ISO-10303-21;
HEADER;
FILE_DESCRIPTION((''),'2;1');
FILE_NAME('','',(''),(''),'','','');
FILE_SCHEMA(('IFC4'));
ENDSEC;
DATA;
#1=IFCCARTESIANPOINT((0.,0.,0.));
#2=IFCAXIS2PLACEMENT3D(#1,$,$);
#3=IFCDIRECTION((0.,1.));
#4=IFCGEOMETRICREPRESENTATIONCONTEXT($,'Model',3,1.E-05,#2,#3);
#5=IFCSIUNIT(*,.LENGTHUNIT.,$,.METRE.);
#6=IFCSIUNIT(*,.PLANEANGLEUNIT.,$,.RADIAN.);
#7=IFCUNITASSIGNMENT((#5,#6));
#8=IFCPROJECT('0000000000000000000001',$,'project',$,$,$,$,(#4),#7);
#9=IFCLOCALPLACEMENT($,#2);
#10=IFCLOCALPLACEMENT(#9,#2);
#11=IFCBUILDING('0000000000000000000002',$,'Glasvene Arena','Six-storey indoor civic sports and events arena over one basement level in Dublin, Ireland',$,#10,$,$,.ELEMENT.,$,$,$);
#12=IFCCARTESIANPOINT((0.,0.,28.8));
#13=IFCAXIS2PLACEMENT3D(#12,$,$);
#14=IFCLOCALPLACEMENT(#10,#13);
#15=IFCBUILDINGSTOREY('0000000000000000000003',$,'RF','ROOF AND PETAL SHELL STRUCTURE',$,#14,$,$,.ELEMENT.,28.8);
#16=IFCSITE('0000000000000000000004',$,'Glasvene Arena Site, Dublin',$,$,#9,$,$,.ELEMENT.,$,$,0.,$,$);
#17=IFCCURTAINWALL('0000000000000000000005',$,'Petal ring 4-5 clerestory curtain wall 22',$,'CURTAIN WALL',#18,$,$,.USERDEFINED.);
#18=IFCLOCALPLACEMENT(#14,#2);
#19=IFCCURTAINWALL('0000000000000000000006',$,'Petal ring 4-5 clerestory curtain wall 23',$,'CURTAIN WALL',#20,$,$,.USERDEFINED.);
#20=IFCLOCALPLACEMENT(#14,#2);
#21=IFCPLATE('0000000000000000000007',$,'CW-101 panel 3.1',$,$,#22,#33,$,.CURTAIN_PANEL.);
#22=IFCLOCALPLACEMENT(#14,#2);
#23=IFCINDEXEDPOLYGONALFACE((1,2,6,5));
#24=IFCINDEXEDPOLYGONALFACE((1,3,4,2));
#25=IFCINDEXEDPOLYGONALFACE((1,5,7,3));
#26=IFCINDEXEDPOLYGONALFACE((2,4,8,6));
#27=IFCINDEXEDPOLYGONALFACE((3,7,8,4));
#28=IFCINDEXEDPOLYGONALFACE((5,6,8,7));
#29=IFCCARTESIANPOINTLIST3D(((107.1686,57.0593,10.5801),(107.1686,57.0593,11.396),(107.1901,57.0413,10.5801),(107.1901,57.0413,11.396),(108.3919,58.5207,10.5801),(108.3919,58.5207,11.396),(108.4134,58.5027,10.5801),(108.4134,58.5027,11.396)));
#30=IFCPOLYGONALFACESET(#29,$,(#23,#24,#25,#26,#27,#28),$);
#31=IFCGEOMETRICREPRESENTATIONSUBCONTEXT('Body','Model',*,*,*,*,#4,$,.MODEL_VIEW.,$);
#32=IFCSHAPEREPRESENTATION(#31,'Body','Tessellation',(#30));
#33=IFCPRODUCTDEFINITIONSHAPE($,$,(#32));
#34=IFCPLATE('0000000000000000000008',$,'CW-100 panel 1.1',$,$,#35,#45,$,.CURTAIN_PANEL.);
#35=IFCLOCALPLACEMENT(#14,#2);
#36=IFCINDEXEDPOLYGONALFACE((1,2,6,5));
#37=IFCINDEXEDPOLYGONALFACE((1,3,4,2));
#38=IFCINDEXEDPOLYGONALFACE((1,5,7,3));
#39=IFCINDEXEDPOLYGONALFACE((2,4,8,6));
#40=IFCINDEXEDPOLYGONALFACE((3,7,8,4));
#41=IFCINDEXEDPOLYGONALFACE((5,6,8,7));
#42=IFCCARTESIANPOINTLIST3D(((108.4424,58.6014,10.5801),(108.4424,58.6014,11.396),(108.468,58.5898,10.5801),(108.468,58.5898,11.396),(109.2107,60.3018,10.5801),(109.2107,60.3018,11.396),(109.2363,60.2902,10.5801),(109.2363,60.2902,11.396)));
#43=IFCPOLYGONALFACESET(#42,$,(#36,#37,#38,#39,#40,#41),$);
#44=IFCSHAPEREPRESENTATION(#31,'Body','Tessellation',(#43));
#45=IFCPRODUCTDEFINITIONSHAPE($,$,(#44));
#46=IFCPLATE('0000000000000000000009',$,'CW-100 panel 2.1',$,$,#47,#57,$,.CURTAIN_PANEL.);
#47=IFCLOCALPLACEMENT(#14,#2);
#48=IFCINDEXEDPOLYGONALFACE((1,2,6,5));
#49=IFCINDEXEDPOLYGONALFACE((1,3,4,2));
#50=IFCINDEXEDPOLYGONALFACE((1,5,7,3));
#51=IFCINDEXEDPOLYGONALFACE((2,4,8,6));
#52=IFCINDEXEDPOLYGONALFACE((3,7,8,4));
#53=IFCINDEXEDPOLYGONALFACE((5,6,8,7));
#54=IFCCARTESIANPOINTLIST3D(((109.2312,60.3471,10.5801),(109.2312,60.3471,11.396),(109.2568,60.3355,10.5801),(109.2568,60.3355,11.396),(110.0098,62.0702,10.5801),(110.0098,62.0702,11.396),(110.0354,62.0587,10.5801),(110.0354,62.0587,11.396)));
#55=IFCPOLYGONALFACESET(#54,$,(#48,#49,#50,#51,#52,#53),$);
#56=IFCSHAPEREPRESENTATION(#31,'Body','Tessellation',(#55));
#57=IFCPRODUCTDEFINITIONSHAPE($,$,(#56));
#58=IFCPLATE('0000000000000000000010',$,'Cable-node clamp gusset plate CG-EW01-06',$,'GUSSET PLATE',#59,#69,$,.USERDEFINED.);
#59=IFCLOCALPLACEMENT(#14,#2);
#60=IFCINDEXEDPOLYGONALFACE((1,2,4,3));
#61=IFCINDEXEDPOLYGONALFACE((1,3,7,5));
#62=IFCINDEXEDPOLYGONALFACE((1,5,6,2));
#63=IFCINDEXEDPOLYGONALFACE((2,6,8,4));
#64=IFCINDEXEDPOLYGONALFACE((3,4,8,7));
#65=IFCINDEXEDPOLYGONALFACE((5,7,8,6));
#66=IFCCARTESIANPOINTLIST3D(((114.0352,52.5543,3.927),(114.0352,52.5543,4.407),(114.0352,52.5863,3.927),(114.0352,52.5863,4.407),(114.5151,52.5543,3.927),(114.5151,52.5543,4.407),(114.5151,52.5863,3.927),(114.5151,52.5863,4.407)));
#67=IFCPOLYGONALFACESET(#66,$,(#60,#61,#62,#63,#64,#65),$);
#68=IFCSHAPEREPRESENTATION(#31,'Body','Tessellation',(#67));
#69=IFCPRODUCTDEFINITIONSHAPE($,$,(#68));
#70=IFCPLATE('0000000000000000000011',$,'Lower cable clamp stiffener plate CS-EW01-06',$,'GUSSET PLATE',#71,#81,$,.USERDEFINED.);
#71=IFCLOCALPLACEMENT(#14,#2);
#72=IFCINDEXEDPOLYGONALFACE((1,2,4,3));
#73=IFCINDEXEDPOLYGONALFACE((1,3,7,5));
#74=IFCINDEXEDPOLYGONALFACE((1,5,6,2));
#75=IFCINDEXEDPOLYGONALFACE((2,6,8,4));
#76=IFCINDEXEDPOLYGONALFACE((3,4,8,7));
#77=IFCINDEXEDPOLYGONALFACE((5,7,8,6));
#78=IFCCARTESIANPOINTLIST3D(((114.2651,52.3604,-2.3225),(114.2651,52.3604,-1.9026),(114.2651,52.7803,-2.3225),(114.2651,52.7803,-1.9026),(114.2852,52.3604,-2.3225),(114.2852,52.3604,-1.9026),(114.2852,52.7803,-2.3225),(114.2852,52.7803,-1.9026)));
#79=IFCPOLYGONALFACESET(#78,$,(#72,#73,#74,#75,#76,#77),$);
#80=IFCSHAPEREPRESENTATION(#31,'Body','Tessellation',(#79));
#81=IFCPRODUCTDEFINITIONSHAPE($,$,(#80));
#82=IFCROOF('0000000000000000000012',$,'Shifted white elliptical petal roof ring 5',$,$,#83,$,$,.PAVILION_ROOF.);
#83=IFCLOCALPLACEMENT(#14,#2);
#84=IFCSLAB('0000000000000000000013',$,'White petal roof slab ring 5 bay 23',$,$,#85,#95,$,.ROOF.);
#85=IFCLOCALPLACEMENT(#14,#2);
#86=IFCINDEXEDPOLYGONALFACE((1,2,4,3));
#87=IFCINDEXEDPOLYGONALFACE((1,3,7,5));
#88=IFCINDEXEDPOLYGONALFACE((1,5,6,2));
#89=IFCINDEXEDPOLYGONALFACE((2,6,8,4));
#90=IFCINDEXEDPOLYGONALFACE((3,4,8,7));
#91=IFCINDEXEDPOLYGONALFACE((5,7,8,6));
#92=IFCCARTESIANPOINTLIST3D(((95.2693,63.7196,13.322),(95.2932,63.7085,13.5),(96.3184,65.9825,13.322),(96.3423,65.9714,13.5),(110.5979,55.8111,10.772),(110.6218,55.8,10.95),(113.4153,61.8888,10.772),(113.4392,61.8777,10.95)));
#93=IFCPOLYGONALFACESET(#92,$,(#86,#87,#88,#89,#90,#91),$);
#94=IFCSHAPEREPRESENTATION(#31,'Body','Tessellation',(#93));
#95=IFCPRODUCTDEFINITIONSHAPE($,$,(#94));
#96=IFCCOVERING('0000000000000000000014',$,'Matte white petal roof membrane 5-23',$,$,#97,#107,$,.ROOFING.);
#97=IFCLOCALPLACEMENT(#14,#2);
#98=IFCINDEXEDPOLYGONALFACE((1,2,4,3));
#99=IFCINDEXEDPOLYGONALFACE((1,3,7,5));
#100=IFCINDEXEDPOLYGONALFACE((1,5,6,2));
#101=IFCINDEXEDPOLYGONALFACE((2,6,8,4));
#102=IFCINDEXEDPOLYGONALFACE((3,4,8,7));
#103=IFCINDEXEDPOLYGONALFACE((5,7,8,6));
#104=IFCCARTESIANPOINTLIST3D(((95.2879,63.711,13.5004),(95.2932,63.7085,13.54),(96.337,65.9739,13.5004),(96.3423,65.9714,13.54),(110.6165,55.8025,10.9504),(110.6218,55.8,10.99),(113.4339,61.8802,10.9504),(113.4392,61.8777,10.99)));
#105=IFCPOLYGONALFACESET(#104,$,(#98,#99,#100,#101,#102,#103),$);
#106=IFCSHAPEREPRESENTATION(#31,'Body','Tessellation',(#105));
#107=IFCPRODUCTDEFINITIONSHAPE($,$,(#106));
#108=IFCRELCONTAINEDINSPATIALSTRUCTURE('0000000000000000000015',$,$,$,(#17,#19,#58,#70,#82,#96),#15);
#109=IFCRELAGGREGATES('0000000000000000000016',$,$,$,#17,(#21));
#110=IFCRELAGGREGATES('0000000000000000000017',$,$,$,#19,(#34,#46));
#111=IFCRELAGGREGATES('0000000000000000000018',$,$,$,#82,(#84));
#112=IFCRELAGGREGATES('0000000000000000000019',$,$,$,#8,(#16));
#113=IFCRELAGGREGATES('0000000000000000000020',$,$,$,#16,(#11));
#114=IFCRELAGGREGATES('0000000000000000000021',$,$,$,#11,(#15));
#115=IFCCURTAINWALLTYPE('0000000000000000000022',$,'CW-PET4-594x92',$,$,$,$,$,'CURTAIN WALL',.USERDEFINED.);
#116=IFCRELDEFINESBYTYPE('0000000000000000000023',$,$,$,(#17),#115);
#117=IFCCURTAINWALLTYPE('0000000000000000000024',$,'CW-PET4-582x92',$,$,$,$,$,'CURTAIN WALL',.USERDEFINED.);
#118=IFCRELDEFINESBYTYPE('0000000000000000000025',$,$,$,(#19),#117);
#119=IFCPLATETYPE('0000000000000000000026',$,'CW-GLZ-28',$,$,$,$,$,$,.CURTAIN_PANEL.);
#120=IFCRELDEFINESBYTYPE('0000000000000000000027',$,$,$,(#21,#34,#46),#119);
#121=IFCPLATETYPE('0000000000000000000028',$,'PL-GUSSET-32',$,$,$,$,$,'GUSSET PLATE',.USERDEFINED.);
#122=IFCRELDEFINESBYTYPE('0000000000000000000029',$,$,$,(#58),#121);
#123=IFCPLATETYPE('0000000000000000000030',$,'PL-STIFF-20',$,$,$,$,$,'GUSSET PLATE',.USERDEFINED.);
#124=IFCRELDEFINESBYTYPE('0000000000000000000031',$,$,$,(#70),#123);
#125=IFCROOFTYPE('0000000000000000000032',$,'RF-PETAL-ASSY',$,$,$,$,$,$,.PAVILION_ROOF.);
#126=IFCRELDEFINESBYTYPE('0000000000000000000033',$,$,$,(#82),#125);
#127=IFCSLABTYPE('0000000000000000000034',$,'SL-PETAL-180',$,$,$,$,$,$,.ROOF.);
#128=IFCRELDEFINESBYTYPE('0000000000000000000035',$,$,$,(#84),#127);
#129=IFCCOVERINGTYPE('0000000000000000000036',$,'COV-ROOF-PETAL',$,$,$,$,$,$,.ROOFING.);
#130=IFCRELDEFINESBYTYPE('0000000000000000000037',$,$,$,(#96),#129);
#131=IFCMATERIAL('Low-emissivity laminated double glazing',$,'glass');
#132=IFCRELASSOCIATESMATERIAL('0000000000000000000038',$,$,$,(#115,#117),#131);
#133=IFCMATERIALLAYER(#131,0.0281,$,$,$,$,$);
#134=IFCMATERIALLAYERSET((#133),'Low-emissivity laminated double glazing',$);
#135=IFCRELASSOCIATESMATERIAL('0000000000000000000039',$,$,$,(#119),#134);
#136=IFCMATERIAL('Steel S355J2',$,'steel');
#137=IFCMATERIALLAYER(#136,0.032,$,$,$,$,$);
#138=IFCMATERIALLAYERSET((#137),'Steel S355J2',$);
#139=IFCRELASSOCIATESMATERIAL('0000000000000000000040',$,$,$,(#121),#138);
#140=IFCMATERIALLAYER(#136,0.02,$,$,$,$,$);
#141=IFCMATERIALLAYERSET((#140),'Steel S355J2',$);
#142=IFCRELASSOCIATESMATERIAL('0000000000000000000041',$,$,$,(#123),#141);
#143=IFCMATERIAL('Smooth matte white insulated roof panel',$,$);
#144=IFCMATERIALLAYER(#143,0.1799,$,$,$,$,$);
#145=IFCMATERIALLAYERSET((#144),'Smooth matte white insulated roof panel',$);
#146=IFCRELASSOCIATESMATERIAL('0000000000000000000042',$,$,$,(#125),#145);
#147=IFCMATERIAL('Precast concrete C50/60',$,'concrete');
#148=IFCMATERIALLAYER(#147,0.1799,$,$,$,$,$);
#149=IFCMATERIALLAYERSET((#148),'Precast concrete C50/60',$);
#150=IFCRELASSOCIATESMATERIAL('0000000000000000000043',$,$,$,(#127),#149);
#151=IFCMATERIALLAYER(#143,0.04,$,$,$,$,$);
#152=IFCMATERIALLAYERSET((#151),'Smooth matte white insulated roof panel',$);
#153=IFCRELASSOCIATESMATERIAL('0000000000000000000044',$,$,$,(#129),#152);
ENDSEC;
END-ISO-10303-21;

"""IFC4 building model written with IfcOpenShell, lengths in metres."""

from ifc_helpers import new_model, si_unit, direction, frame, origin, origin_2d, place, context, subcontext, project, spatial, polyline, rectangle, outline, extrude, material, layer, layer_set, type_object, element, aggregate, save


model = new_model("IFC4")

# Units and contexts
model_context = context("Model", 3, precision=1e-05, world=origin(), true_north=direction((0.0, 1.0)))
body_context = subcontext(model_context, "Body", "Model", "MODEL_VIEW")
ifc_project = project(units=[si_unit("LENGTHUNIT", "METRE"), si_unit("PLANEANGLEUNIT", "RADIAN")], contexts=[model_context])

# Site, building, storey
site_placement = place(None, origin())
site = spatial("IfcSite", under=ifc_project, at=site_placement, Name="Glasvene Arena Site, Dublin", CompositionType="ELEMENT", RefElevation=0.0)
building_placement = place(site_placement, origin())
building = spatial("IfcBuilding", under=site, at=building_placement, Name="Glasvene Arena", Description="Six-storey indoor civic sports and events arena over one basement level in Dublin, Ireland", CompositionType="ELEMENT")
storey_placement = place(building_placement, frame((0.0, 0.0, 28.8)))
storey = spatial("IfcBuildingStorey", under=building, at=storey_placement, Name="RF", Description="ROOF AND PETAL SHELL STRUCTURE", CompositionType="ELEMENT", Elevation=28.8)

# Shared definitions
ifc_material_1 = material(Name="Low-emissivity laminated double glazing", Category="glass")

# Curtain wall
curtain_wall_type_1 = type_object("IfcCurtainWallType", Name="CW-PET4-594x92", ElementType="CURTAIN WALL", PredefinedType="USERDEFINED", material=ifc_material_1)
curtain_wall_1_placement = place(storey_placement, frame((104.6206, 53.9937, 0.0)))
curtain_wall_1 = element("IfcCurtainWall", 1, at=curtain_wall_1_placement, inside=storey, type_object=curtain_wall_type_1, Name="Petal ring 4-5 clerestory curtain wall 22", ObjectType="CURTAIN WALL", PredefinedType="USERDEFINED")

# Curtain wall
curtain_wall_type_2 = type_object("IfcCurtainWallType", Name="CW-PET4-582x92", ElementType="CURTAIN WALL", PredefinedType="USERDEFINED", material=ifc_material_1)
curtain_wall_2_placement = place(storey_placement, frame((108.4346, 58.55, 0.0)))
curtain_wall_2 = element("IfcCurtainWall", 2, at=curtain_wall_2_placement, inside=storey, type_object=curtain_wall_type_2, Name="Petal ring 4-5 clerestory curtain wall 23", ObjectType="CURTAIN WALL", PredefinedType="USERDEFINED")

# Shared definitions
ifc_material_2 = material(Name="Steel S355J2", Category="steel")

# Plates
ifc_layer_1 = layer(ifc_material_1, 0.0281)
ifc_layer_set_1 = layer_set([ifc_layer_1], Name="Low-emissivity laminated double glazing")
plate_type_1 = type_object("IfcPlateType", Name="CW-GLZ-28", PredefinedType="CURTAIN_PANEL", material=ifc_layer_set_1)
plate_1_placement = place(storey_placement, frame((107.791, 57.781, 10.5801), z_axis=(0.0, 0.0, 1.0), x_axis=(0.64188, 0.766805, 0.0)))
plate_1 = element("IfcPlate", 3, at=plate_1_placement, type_object=plate_type_1, Name="CW-101 panel 3.1", PredefinedType="CURTAIN_PANEL", context=body_context, shape_type="SweptSolid", body=[
    extrude(rectangle(XDim=1.9058, YDim=0.0281, at=origin_2d()), origin(), (0.0, 0.0, 1.0), 0.8159),
])
aggregate(curtain_wall_1, [plate_1])
plate_2_placement = place(storey_placement, frame((108.8394, 59.4458, 10.5801), z_axis=(0.0, 0.0, 1.0), x_axis=(0.411778, 0.911284, 0.0)))
plate_2 = element("IfcPlate", 4, at=plate_2_placement, type_object=plate_type_1, Name="CW-100 panel 1.1", PredefinedType="CURTAIN_PANEL", context=body_context, shape_type="SweptSolid", body=[
    extrude(rectangle(XDim=1.866, YDim=0.0281, at=origin_2d()), origin(), (0.0, 0.0, 1.0), 0.8159),
])
plate_3_placement = place(storey_placement, frame((109.6333, 61.2029, 10.5801), z_axis=(0.0, 0.0, 1.0), x_axis=(0.411778, 0.911284, 0.0)))
plate_3 = element("IfcPlate", 5, at=plate_3_placement, type_object=plate_type_1, Name="CW-100 panel 2.1", PredefinedType="CURTAIN_PANEL", context=body_context, shape_type="SweptSolid", body=[
    extrude(rectangle(XDim=1.8909, YDim=0.0281, at=origin_2d()), origin(), (0.0, 0.0, 1.0), 0.8159),
])
aggregate(curtain_wall_2, [plate_2, plate_3])

# Plates
ifc_layer_2 = layer(ifc_material_2, 0.032)
ifc_layer_set_2 = layer_set([ifc_layer_2], Name="Steel S355J2")
plate_type_2 = type_object("IfcPlateType", Name="PL-GUSSET-32", ElementType="GUSSET PLATE", PredefinedType="USERDEFINED", material=ifc_layer_set_2)
plate_4_placement = place(storey_placement, frame((114.2751, 52.5703, 3.927), z_axis=(0.0, 0.0, 1.0), x_axis=(1.0, 0.0, 0.0)))
element("IfcPlate", 6, at=plate_4_placement, inside=storey, type_object=plate_type_2, Name="Cable-node clamp gusset plate CG-EW01-06", ObjectType="GUSSET PLATE", PredefinedType="USERDEFINED", context=body_context, shape_type="SweptSolid", body=[
    extrude(rectangle(XDim=0.48, YDim=0.032, at=origin_2d()), origin(), (0.0, 0.0, 1.0), 0.48),
])
ifc_layer_3 = layer(ifc_material_2, 0.02)
ifc_layer_set_3 = layer_set([ifc_layer_3], Name="Steel S355J2")
plate_type_3 = type_object("IfcPlateType", Name="PL-STIFF-20", ElementType="GUSSET PLATE", PredefinedType="USERDEFINED", material=ifc_layer_set_3)
plate_5_placement = place(storey_placement, frame((114.2751, 52.5703, -2.3225), z_axis=(0.0, 0.0, 1.0), x_axis=(1.0, 0.0, 0.0)))
element("IfcPlate", 7, at=plate_5_placement, inside=storey, type_object=plate_type_3, Name="Lower cable clamp stiffener plate CS-EW01-06", ObjectType="GUSSET PLATE", PredefinedType="USERDEFINED", context=body_context, shape_type="SweptSolid", body=[
    extrude(rectangle(XDim=0.02, YDim=0.4199, at=origin_2d()), origin(), (0.0, 0.0, 1.0), 0.4199),
])

# Roof, slab
ifc_material_3 = material(Name="Smooth matte white insulated roof panel")
ifc_layer_4 = layer(ifc_material_3, 0.1799)
ifc_layer_set_4 = layer_set([ifc_layer_4], Name="Smooth matte white insulated roof panel")
roof_type = type_object("IfcRoofType", Name="RF-PETAL-ASSY", PredefinedType="PAVILION_ROOF", material=ifc_layer_set_4)
roof_placement = place(storey_placement, frame((86.2, 68.3999, 10.95)))
roof = element("IfcRoof", 8, at=roof_placement, inside=storey, type_object=roof_type, Name="Shifted white elliptical petal roof ring 5", PredefinedType="PAVILION_ROOF")
ifc_material_4 = material(Name="Precast concrete C50/60", Category="concrete")
ifc_layer_5 = layer(ifc_material_4, 0.1799)
ifc_layer_set_5 = layer_set([ifc_layer_5], Name="Precast concrete C50/60")
slab_type = type_object("IfcSlabType", Name="SL-PETAL-180", PredefinedType="ROOF", material=ifc_layer_set_5)
slab_placement = place(storey_placement, frame((110.6218, 55.8, 10.95), z_axis=(0.132804, -0.061564, 0.989228), x_axis=(0.420574, 0.907258, 0.000001)))
slab = element("IfcSlab", 9, at=slab_placement, type_object=slab_type, Name="White petal roof slab ring 5 bay 23", PredefinedType="ROOF", context=body_context, shape_type="SweptSolid", body=[
    extrude(outline(polyline([(0.0, 0.0), (6.6989, 0.0), (3.2225, 17.4207), (0.7282, 17.4207), (0.0, 0.0)])), origin(), (0.0, 0.0, -1.0), 0.1799),
])
aggregate(roof, [slab])

# Covering
ifc_layer_6 = layer(ifc_material_3, 0.04)
ifc_layer_set_6 = layer_set([ifc_layer_6], Name="Smooth matte white insulated roof panel")
covering_type = type_object("IfcCoveringType", Name="COV-ROOF-PETAL", PredefinedType="ROOFING", material=ifc_layer_set_6)
covering_placement = place(storey_placement, frame((110.6218, 55.8, 10.99), z_axis=(0.132804, -0.061564, 0.989228), x_axis=(0.420574, 0.907258, 0.000001)))
element("IfcCovering", 10, at=covering_placement, inside=storey, type_object=covering_type, Name="Matte white petal roof membrane 5-23", PredefinedType="ROOFING", context=body_context, shape_type="SweptSolid", body=[
    extrude(outline(polyline([(0.0, 0.0), (6.6989, 0.0), (3.2225, 17.4207), (0.7282, 17.4207), (0.0, 0.0)])), origin(), (0.0, 0.0, -1.0), 0.04),
])

save(model, "model.ifc")
